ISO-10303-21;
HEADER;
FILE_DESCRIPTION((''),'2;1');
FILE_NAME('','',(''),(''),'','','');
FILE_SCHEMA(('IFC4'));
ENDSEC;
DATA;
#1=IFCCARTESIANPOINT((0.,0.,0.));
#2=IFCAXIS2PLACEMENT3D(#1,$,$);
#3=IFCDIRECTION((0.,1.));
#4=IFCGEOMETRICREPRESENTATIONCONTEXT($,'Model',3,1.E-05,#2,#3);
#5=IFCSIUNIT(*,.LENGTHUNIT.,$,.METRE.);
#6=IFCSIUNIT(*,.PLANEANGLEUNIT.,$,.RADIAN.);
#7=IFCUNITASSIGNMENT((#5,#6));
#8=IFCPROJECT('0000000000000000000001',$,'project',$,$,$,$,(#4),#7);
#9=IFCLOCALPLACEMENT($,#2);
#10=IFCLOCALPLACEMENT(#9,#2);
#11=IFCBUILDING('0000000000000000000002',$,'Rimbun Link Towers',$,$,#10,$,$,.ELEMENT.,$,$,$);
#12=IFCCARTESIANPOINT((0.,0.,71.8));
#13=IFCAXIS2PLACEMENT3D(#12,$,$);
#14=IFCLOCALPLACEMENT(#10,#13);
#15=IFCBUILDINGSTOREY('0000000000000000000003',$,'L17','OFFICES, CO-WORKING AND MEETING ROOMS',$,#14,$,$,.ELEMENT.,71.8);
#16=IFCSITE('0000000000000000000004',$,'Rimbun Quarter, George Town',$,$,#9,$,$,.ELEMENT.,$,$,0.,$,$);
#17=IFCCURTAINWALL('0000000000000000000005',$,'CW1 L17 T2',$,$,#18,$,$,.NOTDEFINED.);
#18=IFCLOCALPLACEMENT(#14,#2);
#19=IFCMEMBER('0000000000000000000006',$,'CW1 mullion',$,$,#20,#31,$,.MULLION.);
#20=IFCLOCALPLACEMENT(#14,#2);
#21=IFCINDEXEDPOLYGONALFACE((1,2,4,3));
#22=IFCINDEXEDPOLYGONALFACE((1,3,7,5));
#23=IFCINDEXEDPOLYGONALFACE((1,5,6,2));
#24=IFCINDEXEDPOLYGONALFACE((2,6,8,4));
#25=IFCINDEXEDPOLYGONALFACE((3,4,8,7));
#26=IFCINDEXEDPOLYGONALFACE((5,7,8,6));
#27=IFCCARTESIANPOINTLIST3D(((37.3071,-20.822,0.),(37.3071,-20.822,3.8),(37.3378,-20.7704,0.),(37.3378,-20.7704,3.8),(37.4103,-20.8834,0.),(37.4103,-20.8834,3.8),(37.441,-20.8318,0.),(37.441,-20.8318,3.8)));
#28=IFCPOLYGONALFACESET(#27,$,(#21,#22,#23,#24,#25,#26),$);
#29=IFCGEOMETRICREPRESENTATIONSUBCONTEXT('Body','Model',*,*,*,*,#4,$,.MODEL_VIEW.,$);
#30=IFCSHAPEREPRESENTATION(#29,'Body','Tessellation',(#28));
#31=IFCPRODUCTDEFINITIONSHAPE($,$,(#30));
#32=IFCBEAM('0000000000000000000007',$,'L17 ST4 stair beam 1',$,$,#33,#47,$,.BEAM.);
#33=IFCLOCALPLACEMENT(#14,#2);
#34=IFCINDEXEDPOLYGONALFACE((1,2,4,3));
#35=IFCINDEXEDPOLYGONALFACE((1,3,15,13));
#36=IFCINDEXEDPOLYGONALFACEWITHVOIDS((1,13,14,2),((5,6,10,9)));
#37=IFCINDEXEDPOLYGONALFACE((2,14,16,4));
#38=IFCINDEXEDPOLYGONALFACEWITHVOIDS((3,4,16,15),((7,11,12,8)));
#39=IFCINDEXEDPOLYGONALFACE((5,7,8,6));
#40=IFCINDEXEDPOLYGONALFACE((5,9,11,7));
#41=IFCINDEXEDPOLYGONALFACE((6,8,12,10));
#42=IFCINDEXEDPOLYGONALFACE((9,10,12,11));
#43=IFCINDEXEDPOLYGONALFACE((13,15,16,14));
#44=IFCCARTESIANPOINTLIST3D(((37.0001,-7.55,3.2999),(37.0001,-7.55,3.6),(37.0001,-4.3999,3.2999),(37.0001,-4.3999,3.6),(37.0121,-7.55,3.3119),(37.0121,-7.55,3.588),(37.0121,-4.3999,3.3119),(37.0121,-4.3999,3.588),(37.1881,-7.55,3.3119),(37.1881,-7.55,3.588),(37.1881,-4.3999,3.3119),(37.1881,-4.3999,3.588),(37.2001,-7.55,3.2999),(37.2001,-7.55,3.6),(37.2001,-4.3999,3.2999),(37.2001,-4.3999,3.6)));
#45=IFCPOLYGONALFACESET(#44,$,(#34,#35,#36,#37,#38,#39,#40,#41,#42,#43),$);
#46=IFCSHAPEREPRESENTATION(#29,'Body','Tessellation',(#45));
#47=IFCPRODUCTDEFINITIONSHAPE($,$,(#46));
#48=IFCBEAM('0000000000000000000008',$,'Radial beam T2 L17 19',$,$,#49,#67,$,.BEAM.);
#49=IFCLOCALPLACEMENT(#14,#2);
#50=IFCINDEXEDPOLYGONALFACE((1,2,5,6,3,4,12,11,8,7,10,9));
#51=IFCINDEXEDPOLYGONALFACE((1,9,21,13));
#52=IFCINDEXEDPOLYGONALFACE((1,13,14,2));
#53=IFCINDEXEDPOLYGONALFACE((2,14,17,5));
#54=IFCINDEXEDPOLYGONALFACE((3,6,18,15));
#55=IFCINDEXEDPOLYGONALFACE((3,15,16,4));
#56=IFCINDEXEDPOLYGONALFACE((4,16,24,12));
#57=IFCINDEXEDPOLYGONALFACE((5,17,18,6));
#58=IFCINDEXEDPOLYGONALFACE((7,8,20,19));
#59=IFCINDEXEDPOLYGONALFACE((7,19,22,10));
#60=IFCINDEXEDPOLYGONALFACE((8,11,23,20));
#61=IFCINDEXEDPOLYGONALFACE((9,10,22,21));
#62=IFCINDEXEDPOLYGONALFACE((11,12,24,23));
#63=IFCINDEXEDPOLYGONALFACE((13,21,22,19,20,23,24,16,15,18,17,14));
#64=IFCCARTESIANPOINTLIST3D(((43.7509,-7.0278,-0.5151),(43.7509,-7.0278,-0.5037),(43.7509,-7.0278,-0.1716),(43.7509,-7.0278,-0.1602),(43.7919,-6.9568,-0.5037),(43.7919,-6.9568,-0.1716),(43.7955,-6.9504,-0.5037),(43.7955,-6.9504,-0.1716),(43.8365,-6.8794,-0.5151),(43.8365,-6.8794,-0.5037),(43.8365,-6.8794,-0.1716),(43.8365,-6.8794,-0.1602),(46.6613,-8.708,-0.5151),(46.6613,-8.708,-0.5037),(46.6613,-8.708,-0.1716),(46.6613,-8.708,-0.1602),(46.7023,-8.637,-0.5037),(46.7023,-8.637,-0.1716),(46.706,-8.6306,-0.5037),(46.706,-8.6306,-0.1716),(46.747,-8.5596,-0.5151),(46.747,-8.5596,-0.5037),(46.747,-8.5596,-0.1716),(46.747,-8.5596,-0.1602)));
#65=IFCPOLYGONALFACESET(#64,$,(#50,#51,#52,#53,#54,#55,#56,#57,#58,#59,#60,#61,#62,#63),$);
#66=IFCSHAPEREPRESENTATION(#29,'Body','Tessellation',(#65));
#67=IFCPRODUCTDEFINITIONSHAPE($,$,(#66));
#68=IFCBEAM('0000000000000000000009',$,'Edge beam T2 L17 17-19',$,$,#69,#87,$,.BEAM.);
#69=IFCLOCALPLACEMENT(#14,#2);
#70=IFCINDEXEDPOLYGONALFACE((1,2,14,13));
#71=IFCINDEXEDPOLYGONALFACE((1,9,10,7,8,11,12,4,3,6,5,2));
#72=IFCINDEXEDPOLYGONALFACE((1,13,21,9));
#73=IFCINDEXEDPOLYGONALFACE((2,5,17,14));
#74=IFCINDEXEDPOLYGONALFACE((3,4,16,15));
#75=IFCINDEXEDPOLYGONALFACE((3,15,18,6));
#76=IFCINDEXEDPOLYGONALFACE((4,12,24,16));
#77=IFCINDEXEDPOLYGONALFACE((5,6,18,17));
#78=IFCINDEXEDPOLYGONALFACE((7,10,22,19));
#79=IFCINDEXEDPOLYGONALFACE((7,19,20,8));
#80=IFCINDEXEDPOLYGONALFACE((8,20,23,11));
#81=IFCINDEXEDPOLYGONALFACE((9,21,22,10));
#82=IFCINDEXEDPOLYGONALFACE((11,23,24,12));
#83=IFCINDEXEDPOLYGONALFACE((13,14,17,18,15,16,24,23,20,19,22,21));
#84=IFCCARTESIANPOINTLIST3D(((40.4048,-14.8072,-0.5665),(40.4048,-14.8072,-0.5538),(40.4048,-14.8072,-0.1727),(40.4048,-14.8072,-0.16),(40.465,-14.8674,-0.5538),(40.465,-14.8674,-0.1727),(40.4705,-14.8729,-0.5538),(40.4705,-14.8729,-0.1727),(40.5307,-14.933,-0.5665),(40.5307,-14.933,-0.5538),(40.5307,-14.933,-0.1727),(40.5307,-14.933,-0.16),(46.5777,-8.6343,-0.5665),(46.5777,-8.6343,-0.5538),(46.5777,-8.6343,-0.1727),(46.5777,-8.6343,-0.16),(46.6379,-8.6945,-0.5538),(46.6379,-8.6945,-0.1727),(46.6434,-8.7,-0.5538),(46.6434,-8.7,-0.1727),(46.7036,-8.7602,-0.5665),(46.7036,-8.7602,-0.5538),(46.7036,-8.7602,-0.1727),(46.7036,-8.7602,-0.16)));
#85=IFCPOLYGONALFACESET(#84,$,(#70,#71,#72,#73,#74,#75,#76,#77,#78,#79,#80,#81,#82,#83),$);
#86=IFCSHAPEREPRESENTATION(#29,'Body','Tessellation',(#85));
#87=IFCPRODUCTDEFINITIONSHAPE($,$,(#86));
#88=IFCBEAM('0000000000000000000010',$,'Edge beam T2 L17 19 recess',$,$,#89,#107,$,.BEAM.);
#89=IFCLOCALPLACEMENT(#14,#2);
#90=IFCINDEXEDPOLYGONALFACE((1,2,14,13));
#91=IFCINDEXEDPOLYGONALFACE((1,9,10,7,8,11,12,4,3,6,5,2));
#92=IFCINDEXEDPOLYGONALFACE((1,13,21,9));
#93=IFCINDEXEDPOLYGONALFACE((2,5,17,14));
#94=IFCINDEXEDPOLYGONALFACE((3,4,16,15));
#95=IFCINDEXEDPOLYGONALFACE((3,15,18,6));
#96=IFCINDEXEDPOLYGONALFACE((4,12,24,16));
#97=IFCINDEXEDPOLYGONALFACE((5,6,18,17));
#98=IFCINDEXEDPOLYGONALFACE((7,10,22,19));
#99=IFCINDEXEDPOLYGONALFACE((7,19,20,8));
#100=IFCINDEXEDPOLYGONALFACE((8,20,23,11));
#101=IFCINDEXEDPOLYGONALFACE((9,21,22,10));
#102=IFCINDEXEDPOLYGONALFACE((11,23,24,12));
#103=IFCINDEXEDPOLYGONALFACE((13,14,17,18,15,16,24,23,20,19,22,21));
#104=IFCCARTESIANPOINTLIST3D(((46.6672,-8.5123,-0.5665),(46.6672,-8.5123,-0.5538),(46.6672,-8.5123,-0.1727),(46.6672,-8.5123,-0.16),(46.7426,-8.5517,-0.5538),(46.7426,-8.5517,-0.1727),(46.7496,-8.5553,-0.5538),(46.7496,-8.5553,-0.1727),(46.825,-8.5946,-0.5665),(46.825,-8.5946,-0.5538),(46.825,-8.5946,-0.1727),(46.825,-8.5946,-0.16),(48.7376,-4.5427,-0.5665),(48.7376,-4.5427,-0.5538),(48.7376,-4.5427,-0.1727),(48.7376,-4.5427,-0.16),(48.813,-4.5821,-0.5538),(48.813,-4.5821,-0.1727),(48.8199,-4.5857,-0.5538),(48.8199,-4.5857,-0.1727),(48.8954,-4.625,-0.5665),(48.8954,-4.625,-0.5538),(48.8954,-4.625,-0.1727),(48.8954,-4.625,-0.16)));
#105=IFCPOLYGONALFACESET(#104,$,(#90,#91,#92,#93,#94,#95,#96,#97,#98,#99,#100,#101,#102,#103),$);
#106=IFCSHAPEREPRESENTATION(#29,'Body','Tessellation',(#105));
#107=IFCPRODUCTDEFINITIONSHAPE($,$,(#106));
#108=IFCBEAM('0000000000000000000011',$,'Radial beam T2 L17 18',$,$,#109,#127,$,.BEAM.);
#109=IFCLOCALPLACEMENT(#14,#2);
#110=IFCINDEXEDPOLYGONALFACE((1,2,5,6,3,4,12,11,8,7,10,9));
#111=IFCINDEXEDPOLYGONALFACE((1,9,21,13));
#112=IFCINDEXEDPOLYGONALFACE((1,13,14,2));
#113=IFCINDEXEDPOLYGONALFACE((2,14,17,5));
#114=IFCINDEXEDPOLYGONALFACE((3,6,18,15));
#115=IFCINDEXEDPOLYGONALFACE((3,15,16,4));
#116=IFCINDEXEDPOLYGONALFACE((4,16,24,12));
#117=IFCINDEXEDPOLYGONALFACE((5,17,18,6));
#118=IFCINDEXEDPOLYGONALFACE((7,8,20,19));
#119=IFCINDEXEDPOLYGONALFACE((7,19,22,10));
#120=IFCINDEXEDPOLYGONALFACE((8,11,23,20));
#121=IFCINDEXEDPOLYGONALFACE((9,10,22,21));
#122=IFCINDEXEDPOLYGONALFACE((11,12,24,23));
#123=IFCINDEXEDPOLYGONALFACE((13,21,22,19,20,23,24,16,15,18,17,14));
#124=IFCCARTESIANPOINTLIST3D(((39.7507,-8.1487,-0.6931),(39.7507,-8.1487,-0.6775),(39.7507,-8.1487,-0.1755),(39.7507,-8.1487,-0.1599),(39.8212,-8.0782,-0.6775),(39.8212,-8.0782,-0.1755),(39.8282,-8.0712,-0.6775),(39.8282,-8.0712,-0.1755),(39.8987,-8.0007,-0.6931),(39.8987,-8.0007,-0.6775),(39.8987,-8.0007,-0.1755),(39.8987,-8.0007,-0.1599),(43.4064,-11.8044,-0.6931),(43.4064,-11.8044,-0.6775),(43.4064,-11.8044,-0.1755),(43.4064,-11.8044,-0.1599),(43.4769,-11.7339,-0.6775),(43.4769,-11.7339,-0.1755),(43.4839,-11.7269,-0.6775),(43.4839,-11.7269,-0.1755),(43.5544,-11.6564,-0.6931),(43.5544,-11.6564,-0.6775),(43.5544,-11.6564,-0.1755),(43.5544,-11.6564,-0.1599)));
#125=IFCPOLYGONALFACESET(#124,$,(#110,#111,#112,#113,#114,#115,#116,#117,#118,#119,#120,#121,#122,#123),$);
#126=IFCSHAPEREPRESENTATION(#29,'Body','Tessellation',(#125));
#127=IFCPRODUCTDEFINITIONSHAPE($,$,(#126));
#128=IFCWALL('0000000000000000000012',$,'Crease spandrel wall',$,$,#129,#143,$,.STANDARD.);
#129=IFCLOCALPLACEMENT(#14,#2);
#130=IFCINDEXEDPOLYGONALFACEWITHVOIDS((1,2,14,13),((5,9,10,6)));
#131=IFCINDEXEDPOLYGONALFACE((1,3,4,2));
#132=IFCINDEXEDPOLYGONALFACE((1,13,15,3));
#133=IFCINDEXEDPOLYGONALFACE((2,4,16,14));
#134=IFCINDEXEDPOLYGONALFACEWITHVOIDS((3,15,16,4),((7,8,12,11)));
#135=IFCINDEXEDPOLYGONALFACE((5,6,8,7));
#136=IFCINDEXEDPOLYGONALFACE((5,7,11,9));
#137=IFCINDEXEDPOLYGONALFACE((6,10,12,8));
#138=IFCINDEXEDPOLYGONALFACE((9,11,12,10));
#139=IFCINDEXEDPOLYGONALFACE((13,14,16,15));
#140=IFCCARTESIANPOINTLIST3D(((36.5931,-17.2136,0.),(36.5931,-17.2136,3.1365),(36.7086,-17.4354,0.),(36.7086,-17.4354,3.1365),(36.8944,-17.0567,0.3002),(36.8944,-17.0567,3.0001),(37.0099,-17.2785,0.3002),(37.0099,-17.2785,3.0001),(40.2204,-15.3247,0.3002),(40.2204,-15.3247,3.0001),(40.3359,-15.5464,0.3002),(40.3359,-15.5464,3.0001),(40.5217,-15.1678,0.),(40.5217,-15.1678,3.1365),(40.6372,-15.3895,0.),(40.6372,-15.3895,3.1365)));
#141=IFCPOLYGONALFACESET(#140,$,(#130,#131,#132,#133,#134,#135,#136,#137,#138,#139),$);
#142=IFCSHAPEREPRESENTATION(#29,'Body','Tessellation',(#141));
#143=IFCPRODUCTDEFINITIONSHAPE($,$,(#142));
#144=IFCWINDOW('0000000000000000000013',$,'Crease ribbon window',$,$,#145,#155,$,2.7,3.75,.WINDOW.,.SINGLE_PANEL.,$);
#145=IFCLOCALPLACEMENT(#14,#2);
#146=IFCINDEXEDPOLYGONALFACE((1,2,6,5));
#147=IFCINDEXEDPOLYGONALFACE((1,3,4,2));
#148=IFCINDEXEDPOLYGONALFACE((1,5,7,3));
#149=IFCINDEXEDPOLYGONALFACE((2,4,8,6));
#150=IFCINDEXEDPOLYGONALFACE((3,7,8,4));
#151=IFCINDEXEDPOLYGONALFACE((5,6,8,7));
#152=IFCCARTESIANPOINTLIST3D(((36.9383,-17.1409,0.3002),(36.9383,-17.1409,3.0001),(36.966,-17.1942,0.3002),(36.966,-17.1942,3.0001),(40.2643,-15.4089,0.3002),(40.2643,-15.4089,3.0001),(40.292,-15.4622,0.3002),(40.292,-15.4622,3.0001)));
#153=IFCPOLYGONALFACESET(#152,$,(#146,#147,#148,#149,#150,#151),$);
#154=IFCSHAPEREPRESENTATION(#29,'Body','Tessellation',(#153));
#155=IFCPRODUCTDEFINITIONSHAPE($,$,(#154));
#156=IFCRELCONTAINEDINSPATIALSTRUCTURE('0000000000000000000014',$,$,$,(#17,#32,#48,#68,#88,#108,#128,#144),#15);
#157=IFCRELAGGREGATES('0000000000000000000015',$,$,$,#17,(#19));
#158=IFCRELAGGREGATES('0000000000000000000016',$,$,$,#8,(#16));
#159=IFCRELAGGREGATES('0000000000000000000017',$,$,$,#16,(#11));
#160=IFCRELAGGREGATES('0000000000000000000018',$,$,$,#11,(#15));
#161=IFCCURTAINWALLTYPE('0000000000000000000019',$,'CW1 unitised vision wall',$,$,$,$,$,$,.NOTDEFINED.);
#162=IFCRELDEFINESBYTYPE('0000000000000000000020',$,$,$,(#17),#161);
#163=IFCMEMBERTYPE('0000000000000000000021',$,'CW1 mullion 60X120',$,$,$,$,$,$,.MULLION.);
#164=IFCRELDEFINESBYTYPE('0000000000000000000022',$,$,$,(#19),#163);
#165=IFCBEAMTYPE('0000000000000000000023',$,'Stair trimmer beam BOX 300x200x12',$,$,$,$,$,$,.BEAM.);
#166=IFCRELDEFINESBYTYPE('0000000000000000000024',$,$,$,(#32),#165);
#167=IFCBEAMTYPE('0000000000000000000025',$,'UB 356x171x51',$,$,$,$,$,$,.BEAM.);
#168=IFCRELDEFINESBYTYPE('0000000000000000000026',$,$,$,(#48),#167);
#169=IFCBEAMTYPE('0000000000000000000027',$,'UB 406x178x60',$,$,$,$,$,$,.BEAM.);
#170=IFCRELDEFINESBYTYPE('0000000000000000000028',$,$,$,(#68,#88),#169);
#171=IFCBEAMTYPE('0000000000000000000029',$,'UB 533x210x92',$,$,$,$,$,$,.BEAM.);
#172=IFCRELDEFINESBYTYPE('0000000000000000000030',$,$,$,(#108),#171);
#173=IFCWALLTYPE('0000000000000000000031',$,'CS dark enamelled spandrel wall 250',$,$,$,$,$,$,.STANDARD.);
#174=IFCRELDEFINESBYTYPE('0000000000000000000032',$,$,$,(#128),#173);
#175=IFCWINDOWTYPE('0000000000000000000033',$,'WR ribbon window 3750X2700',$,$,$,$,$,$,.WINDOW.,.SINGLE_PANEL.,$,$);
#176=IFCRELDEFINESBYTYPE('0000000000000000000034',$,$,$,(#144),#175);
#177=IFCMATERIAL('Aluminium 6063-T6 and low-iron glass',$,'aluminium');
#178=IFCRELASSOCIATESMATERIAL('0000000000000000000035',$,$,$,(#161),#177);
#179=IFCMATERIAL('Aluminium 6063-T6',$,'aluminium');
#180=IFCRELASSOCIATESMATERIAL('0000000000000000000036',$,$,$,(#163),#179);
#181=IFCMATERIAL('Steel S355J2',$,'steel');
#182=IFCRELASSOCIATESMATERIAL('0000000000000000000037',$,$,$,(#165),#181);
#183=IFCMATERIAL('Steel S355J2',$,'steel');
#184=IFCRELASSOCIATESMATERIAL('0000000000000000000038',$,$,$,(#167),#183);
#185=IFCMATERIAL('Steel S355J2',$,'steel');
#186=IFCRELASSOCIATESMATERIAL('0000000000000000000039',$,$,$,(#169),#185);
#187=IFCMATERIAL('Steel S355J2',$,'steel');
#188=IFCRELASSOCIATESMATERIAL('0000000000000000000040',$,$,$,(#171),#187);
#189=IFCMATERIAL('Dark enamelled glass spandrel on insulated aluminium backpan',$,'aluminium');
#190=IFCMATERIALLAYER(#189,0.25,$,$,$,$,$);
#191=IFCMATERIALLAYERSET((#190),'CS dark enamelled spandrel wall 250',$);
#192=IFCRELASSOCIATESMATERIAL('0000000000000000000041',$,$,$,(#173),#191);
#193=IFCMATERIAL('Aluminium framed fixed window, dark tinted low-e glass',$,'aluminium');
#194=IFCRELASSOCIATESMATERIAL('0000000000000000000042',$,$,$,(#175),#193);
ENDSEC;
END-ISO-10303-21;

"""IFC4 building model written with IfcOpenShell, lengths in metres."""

from ifc_helpers import new_model, si_unit, direction, frame, frame_2d, origin, origin_2d, place, context, subcontext, project, spatial, rectangle, hollow_rectangle, i_section, extrude, material, layer, layer_set, material_profile, profile_set, type_object, element, fill, aggregate, save


model = new_model("IFC4")

# Units and contexts
model_context = context("Model", 3, precision=1e-05, world=origin(), true_north=direction((0.0, 1.0)))
body_context = subcontext(model_context, "Body", "Model", "MODEL_VIEW")
ifc_project = project(units=[si_unit("LENGTHUNIT", "METRE"), si_unit("PLANEANGLEUNIT", "RADIAN")], contexts=[model_context])

# Site, building, storey
site_placement = place(None, origin())
site = spatial("IfcSite", under=ifc_project, at=site_placement, Name="Rimbun Quarter, George Town", CompositionType="ELEMENT", RefElevation=0.0)
building_placement = place(site_placement, origin())
building = spatial("IfcBuilding", under=site, at=building_placement, Name="Rimbun Link Towers", CompositionType="ELEMENT")
storey_placement = place(building_placement, frame((0.0, 0.0, 71.8)))
storey = spatial("IfcBuildingStorey", under=building, at=storey_placement, Name="L17", Description="OFFICES, CO-WORKING AND MEETING ROOMS", CompositionType="ELEMENT", Elevation=71.8)

# Curtain wall, member
ifc_material_1 = material(Name="Aluminium 6063-T6 and low-iron glass", Category="aluminium")
curtain_wall_type = type_object("IfcCurtainWallType", Name="CW1 unitised vision wall", PredefinedType="NOTDEFINED", material=ifc_material_1)
curtain_wall_placement = place(storey_placement, origin())
curtain_wall = element("IfcCurtainWall", 1, at=curtain_wall_placement, inside=storey, type_object=curtain_wall_type, Name="CW1 L17 T2", PredefinedType="NOTDEFINED")
ifc_material_2 = material(Name="Aluminium 6063-T6", Category="aluminium")
ifc_material_profile_1 = material_profile(ifc_material_2, rectangle(XDim=0.1201, YDim=0.0601, at=origin_2d()), Name="MULLION 60X120")
ifc_profile_set_1 = profile_set([ifc_material_profile_1], Name="Aluminium 6063-T6")
member_type_1 = type_object("IfcMemberType", Name="CW1 mullion 60X120", PredefinedType="MULLION", material=ifc_profile_set_1)
member_1_placement = place(storey_placement, frame((37.374, -20.8269, 0.0), z_axis=(0.0, 0.0, 1.0), x_axis=(0.859189, -0.511659, 0.0)))
member_1 = element("IfcMember", 2, at=member_1_placement, type_object=member_type_1, Name="CW1 mullion", PredefinedType="MULLION", context=body_context, shape_type="SweptSolid", body=[
    extrude(rectangle(XDim=0.1201, YDim=0.0601, at=origin_2d()), origin(), (0.0, 0.0, 1.0), 3.8),
])
aggregate(curtain_wall, [member_1])

# Beams
ifc_material_3 = material(Name="Steel S355J2", Category="steel")
ifc_material_profile_2 = material_profile(ifc_material_3, hollow_rectangle(XDim=0.2, YDim=0.3, WallThickness=0.012, at=origin_2d()), Name="BOX 300x200x12")
ifc_profile_set_2 = profile_set([ifc_material_profile_2], Name="Steel S355J2")
beam_type_1 = type_object("IfcBeamType", Name="Stair trimmer beam BOX 300x200x12", PredefinedType="BEAM", material=ifc_profile_set_2)
beam_1_placement = place(storey_placement, frame((37.1001, -7.55, 3.45), z_axis=(0.0, 1.0, 0.0), x_axis=(-1.0, 0.0, 0.0)))
element("IfcBeam", 3, at=beam_1_placement, inside=storey, type_object=beam_type_1, Name="L17 ST4 stair beam 1", PredefinedType="BEAM", context=body_context, shape_type="SweptSolid", body=[
    extrude(hollow_rectangle(XDim=0.2, YDim=0.3, WallThickness=0.012, at=origin_2d()), origin(), (0.0, 0.0, 1.0), 3.1501),
])
ifc_material_4 = material(Name="Steel S355J2", Category="steel")
ifc_material_profile_3 = material_profile(ifc_material_4, i_section(OverallWidth=0.1714, OverallDepth=0.355, WebThickness=0.0073, FlangeThickness=0.0115, at=origin_2d()), Name="UB 356x171x51")
ifc_profile_set_3 = profile_set([ifc_material_profile_3], Name="Steel S355J2")
beam_type_2 = type_object("IfcBeamType", Name="UB 356x171x51", PredefinedType="BEAM", material=ifc_profile_set_3)
beam_2_placement = place(storey_placement, frame((43.7937, -6.9536, -0.3376), z_axis=(0.866044, -0.499968, 0.0), x_axis=(0.499968, 0.866044, 0.0)))
element("IfcBeam", 4, at=beam_2_placement, inside=storey, type_object=beam_type_2, Name="Radial beam T2 L17 19", PredefinedType="BEAM", context=body_context, shape_type="SweptSolid", body=[
    extrude(i_section(OverallWidth=0.1714, OverallDepth=0.355, WebThickness=0.0073, FlangeThickness=0.0115, at=origin_2d()), origin(), (0.0, 0.0, 1.0), 3.3606),
])
ifc_material_5 = material(Name="Steel S355J2", Category="steel")
ifc_material_profile_4 = material_profile(ifc_material_5, i_section(OverallWidth=0.178, OverallDepth=0.4065, WebThickness=0.0078, FlangeThickness=0.0127, at=origin_2d()), Name="UB 406x178x60")
ifc_profile_set_4 = profile_set([ifc_material_profile_4], Name="Steel S355J2")
beam_type_3 = type_object("IfcBeamType", Name="UB 406x178x60", PredefinedType="BEAM", material=ifc_profile_set_4)
beam_3_placement = place(storey_placement, frame((40.4678, -14.8701, -0.3633), z_axis=(0.707107, 0.707107, 0.0), x_axis=(-0.707107, 0.707107, 0.0)))
element("IfcBeam", 5, at=beam_3_placement, inside=storey, type_object=beam_type_3, Name="Edge beam T2 L17 17-19", PredefinedType="BEAM", context=body_context, shape_type="SweptSolid", body=[
    extrude(i_section(OverallWidth=0.178, OverallDepth=0.4065, WebThickness=0.0078, FlangeThickness=0.0127, at=origin_2d()), origin(), (0.0, 0.0, 1.0), 8.7297),
])
beam_4_placement = place(storey_placement, frame((46.7461, -8.5535, -0.3633), z_axis=(0.462439, 0.886651, 0.0), x_axis=(-0.886651, 0.462439, 0.0)))
element("IfcBeam", 6, at=beam_4_placement, inside=storey, type_object=beam_type_3, Name="Edge beam T2 L17 19 recess", PredefinedType="BEAM", context=body_context, shape_type="SweptSolid", body=[
    extrude(i_section(OverallWidth=0.178, OverallDepth=0.4065, WebThickness=0.0078, FlangeThickness=0.0127, at=origin_2d()), origin(), (0.0, 0.0, 1.0), 4.4771),
])
ifc_material_6 = material(Name="Steel S355J2", Category="steel")
ifc_material_profile_5 = material_profile(ifc_material_6, i_section(OverallWidth=0.2092, OverallDepth=0.5332, WebThickness=0.01, FlangeThickness=0.0156, at=origin_2d()), Name="UB 533x210x92")
ifc_profile_set_5 = profile_set([ifc_material_profile_5], Name="Steel S355J2")
beam_type_4 = type_object("IfcBeamType", Name="UB 533x210x92", PredefinedType="BEAM", material=ifc_profile_set_5)
beam_5_placement = place(storey_placement, frame((39.8247, -8.0747, -0.4265), z_axis=(0.707107, -0.707107, 0.0), x_axis=(0.707107, 0.707107, 0.0)))
element("IfcBeam", 7, at=beam_5_placement, inside=storey, type_object=beam_type_4, Name="Radial beam T2 L17 18", PredefinedType="BEAM", context=body_context, shape_type="SweptSolid", body=[
    extrude(i_section(OverallWidth=0.2092, OverallDepth=0.5332, WebThickness=0.01, FlangeThickness=0.0156, at=origin_2d()), origin(), (0.0, 0.0, 1.0), 5.1699),
])

# Wall, opening, window
ifc_material_7 = material(Name="Dark enamelled glass spandrel on insulated aluminium backpan", Category="aluminium")
ifc_layer_1 = layer(ifc_material_7, 0.25)
ifc_layer_set_1 = layer_set([ifc_layer_1], Name="CS dark enamelled spandrel wall 250")
wall_type_1 = type_object("IfcWallType", Name="CS dark enamelled spandrel wall 250", PredefinedType="STANDARD", material=ifc_layer_set_1)
wall_1_placement = place(storey_placement, frame((40.5796, -15.2786, 0.0), z_axis=(0.0, 0.0, 1.0), x_axis=(-0.886942, -0.46188, 0.0)))
wall_1 = element("IfcWall", 8, at=wall_1_placement, inside=storey, type_object=wall_type_1, Name="Crease spandrel wall", PredefinedType="STANDARD", context=body_context, shape_type="SweptSolid", body=[
    extrude(rectangle(XDim=4.4294, YDim=0.25, at=frame_2d((2.2148, 0.0))), origin(), (0.0, 0.0, 1.0), 3.1365),
])
opening_1_placement = place(wall_1_placement, frame((0.3398, 0.0, 0.3)))
opening_1 = element("IfcOpeningElement", 9, at=opening_1_placement, cuts=wall_1, PredefinedType="OPENING", context=body_context, shape_type="SweptSolid", body=[
    extrude(rectangle(XDim=3.75, YDim=2.7, at=frame_2d((1.875, 1.3501))), frame((0.0, 0.135, 0.0), z_axis=(0.0, -1.0, 0.0), x_axis=(1.0, 0.0, 0.0)), (0.0, 0.0, 1.0), 0.27),
])
ifc_material_8 = material(Name="Aluminium framed fixed window, dark tinted low-e glass", Category="aluminium")
window_type_1 = type_object("IfcWindowType", Name="WR ribbon window 3750X2700", PartitioningType="SINGLE_PANEL", PredefinedType="WINDOW", material=ifc_material_8)
window_1_placement = place(opening_1_placement, origin())
window_1 = element("IfcWindow", 10, at=window_1_placement, inside=storey, type_object=window_type_1, Name="Crease ribbon window", OverallHeight=2.7, OverallWidth=3.75, PartitioningType="SINGLE_PANEL", PredefinedType="WINDOW", context=body_context, shape_type="SweptSolid", body=[
    extrude(rectangle(XDim=3.75, YDim=2.7, at=frame_2d((1.875, 1.3501))), frame((0.0, 0.03, 0.0), z_axis=(0.0, -1.0, 0.0), x_axis=(1.0, 0.0, 0.0)), (0.0, 0.0, 1.0), 0.0601),
])
fill(opening_1, window_1)

save(model, "model.ifc")
